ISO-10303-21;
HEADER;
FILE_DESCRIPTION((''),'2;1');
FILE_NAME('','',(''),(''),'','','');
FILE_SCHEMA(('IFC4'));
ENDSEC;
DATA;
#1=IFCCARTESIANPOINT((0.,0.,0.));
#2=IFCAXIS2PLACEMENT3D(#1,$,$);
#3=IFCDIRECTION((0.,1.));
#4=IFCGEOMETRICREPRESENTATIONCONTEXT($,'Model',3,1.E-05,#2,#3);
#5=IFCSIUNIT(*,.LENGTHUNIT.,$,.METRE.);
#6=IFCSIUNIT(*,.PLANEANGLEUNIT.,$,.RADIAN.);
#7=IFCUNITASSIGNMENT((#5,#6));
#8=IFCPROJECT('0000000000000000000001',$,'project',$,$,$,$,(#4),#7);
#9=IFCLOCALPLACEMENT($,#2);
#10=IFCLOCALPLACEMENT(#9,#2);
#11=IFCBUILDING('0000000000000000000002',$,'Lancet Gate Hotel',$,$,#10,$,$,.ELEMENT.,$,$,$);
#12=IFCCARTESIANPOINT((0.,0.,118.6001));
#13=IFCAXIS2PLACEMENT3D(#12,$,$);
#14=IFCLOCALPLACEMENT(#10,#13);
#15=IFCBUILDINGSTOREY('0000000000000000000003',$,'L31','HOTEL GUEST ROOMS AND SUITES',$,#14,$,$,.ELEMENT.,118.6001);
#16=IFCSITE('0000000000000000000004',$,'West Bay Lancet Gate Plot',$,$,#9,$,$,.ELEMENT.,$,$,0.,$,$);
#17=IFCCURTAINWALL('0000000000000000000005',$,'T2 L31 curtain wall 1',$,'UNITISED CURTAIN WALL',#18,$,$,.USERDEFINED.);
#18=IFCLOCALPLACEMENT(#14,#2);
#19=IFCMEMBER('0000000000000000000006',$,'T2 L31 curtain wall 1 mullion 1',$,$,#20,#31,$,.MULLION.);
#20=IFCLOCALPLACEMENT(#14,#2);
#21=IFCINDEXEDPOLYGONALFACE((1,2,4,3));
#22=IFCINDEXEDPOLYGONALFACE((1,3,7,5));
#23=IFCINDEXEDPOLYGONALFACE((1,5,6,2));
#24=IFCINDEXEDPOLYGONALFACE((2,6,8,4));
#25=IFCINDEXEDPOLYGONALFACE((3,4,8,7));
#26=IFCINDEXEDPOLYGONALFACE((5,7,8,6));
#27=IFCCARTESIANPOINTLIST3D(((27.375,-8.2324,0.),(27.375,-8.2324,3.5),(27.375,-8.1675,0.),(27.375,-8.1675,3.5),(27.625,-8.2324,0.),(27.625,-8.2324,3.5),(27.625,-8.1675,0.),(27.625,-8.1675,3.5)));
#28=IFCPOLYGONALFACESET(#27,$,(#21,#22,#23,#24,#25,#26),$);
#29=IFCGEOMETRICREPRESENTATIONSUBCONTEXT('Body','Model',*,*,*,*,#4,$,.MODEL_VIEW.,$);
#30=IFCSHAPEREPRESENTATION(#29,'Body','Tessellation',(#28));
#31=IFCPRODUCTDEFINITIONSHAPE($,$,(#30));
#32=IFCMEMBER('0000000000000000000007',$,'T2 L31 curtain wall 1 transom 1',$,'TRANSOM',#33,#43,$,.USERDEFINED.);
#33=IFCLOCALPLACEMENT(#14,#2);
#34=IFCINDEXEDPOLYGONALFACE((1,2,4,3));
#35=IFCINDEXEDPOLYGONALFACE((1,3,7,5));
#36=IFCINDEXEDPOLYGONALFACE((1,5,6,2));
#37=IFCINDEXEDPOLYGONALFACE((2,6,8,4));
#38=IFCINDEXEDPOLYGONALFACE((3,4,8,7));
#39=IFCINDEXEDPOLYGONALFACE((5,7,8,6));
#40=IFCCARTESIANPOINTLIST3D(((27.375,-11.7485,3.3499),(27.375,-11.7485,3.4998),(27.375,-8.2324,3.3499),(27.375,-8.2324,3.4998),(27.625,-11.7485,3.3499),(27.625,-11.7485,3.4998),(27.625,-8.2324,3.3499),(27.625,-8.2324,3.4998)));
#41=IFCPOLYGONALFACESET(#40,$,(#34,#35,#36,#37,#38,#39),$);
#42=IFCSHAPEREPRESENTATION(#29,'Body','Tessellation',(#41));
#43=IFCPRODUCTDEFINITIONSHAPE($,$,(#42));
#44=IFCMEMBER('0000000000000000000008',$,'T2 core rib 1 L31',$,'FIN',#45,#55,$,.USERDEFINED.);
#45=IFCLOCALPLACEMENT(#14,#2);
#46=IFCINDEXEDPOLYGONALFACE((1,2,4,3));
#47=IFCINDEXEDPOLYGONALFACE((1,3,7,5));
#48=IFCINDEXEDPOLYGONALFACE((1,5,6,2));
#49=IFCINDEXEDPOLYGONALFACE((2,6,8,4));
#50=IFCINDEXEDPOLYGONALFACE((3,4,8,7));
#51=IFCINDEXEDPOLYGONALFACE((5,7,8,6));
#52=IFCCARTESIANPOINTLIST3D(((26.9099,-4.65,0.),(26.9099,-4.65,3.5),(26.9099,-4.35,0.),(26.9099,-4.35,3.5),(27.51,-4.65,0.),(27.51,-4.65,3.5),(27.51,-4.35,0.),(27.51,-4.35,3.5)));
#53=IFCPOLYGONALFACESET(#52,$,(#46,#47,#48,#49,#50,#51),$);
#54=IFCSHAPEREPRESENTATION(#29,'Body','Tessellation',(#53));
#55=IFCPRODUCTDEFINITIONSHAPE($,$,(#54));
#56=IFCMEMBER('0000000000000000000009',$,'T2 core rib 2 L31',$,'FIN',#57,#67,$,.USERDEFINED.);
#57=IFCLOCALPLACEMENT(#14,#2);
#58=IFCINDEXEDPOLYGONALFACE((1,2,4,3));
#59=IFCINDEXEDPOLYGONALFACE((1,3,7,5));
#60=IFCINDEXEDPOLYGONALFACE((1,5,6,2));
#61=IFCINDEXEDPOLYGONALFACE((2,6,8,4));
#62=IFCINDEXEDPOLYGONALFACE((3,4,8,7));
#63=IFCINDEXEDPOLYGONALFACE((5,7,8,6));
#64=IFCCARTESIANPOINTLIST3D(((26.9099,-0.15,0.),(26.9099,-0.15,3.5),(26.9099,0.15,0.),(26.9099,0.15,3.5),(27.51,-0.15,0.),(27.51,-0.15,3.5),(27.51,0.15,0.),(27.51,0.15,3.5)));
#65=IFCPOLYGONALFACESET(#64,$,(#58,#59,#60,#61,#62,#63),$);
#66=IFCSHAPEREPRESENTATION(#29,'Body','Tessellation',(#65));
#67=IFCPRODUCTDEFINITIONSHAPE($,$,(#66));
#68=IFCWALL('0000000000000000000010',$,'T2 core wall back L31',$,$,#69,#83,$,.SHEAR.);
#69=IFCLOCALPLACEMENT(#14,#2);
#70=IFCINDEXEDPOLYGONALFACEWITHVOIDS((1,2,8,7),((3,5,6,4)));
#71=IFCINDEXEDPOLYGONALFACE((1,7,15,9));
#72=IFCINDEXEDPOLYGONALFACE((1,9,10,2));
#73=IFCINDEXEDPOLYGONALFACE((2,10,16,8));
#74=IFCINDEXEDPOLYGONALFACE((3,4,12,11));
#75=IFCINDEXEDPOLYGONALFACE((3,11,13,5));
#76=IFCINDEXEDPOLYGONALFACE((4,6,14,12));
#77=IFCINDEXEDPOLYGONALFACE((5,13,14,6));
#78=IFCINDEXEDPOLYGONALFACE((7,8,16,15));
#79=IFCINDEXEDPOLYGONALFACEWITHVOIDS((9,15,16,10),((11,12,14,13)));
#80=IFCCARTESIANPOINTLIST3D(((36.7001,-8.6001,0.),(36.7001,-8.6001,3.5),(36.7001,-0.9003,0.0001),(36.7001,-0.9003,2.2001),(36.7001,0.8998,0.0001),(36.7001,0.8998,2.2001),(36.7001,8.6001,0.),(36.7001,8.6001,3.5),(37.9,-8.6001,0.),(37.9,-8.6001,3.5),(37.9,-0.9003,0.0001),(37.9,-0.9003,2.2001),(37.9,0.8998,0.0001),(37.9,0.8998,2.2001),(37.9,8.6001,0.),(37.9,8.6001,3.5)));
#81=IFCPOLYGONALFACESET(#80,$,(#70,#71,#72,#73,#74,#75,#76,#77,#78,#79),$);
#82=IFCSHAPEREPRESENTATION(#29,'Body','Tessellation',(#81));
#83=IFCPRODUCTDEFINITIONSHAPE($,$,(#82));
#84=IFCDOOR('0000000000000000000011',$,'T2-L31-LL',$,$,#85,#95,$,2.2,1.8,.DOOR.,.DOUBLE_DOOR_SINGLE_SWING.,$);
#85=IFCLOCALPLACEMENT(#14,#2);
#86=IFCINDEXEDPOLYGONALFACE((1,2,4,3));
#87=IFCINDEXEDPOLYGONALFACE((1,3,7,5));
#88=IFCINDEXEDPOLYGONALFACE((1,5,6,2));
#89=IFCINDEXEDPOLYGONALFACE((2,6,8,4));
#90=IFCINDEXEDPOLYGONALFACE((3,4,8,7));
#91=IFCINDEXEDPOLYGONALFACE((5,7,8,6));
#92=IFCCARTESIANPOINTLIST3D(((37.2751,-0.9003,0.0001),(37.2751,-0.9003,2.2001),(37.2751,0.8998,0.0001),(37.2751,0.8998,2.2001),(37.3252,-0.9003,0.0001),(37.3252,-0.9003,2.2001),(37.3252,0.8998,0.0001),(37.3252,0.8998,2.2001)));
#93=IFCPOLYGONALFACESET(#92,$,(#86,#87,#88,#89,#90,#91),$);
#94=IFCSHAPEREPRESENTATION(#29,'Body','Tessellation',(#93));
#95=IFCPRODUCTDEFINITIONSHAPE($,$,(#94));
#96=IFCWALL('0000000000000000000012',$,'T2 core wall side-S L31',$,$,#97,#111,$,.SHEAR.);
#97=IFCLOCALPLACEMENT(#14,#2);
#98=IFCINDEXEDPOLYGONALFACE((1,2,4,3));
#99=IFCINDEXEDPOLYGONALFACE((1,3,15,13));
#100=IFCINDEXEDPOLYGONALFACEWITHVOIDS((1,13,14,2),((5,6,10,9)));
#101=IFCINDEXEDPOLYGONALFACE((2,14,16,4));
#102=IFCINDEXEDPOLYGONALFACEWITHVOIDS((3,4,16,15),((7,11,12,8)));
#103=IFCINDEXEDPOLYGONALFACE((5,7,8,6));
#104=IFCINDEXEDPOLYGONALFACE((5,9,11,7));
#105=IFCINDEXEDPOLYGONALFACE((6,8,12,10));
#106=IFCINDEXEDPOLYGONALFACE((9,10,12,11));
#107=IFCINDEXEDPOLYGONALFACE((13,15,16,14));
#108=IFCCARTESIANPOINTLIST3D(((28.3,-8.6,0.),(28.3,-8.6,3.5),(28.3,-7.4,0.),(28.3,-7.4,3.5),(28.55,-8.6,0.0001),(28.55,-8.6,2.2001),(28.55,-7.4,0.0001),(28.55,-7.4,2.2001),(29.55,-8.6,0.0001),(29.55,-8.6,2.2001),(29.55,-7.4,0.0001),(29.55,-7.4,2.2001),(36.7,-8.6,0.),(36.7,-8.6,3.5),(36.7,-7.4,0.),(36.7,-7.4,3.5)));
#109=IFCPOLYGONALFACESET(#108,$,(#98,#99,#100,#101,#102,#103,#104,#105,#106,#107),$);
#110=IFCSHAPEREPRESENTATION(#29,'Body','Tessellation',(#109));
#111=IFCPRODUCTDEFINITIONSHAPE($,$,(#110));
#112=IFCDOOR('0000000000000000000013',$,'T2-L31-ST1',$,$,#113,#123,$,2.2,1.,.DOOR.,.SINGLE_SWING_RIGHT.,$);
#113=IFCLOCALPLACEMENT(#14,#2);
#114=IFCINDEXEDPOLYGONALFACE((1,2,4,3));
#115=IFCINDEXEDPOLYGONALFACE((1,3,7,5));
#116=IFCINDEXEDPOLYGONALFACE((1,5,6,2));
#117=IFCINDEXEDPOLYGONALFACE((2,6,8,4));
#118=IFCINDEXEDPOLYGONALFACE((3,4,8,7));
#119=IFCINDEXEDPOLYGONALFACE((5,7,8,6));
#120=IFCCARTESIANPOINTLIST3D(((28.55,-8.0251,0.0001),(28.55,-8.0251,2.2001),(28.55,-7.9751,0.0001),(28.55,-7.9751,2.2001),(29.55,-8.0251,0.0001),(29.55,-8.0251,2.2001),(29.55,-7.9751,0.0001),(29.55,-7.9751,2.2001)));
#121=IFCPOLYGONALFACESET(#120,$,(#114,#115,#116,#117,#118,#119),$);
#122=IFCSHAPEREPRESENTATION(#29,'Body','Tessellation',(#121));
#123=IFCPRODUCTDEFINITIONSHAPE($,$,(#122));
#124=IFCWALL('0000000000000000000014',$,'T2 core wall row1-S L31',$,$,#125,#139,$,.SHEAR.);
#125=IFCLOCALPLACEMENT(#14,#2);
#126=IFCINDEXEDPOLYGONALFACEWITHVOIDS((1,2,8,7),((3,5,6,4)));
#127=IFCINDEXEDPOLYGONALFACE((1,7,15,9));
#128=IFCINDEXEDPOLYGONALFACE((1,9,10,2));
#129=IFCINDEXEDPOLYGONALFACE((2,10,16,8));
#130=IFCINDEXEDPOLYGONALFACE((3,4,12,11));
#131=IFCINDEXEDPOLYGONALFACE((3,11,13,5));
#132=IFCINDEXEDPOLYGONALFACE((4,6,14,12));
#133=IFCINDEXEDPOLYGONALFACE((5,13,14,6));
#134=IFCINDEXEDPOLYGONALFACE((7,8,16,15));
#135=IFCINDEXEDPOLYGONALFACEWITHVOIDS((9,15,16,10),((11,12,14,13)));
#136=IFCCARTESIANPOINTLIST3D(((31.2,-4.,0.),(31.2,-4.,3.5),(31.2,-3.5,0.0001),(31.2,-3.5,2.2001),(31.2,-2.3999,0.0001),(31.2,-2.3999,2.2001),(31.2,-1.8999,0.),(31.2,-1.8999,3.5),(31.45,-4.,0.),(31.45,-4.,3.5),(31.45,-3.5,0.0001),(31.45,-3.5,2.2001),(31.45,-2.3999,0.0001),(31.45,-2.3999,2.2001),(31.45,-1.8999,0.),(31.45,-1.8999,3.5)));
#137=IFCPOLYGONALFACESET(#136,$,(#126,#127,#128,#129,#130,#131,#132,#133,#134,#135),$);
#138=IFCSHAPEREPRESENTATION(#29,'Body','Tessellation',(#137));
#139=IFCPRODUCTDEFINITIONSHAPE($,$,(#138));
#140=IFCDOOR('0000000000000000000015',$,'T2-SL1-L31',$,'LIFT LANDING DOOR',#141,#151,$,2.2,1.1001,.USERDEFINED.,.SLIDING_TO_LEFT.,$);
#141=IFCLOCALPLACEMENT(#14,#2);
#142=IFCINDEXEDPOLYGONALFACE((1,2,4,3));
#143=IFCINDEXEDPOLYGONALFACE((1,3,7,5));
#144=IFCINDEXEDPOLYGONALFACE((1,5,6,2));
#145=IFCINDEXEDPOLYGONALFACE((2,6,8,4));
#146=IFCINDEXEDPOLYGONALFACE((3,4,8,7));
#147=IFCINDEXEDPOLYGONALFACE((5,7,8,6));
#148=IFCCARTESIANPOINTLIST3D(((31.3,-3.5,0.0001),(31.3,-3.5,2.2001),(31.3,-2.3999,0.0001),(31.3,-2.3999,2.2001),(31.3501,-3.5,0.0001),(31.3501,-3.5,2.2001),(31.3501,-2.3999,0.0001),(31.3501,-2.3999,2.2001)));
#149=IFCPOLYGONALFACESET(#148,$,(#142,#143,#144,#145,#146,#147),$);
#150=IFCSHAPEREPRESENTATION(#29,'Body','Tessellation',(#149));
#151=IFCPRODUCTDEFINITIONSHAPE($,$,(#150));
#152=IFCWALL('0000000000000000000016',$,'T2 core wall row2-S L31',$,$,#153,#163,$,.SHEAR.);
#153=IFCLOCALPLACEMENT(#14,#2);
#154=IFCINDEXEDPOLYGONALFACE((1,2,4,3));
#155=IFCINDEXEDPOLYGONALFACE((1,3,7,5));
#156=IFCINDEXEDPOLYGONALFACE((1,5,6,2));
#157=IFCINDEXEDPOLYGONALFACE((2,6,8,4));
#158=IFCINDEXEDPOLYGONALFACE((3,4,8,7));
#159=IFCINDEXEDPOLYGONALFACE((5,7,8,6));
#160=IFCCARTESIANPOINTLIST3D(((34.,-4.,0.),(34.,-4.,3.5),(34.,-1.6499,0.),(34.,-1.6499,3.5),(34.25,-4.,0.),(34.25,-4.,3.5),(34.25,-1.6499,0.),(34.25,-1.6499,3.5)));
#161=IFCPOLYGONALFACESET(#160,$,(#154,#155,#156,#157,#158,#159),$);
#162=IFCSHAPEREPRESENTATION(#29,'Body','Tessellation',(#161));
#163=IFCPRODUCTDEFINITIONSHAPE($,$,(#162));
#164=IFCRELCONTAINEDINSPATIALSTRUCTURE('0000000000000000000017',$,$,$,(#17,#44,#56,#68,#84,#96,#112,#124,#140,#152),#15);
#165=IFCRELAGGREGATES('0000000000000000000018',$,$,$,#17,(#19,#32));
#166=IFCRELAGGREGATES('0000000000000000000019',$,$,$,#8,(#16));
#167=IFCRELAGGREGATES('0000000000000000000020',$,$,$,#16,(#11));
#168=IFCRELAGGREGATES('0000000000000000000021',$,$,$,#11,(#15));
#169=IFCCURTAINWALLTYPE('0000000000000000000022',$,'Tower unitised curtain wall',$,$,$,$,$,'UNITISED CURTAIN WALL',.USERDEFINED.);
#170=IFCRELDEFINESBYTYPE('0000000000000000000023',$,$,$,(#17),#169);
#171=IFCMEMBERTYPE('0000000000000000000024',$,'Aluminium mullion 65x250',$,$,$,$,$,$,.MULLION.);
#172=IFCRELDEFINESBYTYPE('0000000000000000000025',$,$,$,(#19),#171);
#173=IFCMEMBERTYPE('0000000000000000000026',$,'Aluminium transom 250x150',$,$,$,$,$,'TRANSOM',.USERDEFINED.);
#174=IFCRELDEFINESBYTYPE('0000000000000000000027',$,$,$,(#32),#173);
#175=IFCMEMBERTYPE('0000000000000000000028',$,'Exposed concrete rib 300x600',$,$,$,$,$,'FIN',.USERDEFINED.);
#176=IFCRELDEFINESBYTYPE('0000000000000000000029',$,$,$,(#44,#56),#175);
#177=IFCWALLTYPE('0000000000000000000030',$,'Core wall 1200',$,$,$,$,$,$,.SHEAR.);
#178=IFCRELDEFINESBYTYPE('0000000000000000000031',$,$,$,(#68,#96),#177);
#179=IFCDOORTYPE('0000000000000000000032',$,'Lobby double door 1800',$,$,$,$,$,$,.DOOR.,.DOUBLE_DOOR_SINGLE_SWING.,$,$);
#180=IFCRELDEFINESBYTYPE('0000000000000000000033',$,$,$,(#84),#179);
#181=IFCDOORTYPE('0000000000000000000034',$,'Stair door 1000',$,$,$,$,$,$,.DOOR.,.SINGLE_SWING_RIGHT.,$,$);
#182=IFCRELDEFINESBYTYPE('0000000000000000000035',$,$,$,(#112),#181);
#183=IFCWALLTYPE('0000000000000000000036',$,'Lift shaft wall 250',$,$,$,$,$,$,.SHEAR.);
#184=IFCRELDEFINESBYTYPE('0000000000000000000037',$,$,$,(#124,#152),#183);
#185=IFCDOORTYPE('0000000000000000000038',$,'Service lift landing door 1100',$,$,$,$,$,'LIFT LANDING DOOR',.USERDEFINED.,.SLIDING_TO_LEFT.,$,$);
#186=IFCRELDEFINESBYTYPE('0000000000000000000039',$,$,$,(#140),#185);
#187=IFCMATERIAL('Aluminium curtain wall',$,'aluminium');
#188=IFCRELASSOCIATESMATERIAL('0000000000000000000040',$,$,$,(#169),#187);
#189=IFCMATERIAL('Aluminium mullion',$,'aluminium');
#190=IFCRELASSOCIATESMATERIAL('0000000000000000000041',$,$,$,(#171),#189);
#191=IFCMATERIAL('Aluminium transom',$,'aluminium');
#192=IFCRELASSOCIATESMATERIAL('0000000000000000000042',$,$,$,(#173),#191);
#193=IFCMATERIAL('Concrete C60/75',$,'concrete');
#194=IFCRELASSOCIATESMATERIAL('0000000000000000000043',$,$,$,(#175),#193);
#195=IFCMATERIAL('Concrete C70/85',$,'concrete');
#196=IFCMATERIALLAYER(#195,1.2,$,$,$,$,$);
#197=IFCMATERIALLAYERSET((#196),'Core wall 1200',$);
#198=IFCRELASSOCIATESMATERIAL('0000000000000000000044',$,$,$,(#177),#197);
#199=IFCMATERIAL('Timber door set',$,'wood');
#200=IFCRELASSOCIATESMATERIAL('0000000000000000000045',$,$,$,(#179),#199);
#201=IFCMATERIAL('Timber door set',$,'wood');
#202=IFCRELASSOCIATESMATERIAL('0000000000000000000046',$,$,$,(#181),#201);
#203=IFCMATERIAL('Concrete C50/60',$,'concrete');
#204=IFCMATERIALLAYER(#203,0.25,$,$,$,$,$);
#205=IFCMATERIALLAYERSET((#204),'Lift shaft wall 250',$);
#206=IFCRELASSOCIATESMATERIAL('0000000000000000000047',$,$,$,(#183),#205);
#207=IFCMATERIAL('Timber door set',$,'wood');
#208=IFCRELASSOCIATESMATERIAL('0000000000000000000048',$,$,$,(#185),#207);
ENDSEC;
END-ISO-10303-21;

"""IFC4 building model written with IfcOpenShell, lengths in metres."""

from ifc_helpers import new_model, si_unit, direction, frame, frame_2d, origin, origin_2d, place, context, subcontext, project, spatial, rectangle, extrude, material, layer, layer_set, material_profile, profile_set, type_object, element, fill, aggregate, save


model = new_model("IFC4")

# Units and contexts
model_context = context("Model", 3, precision=1e-05, world=origin(), true_north=direction((0.0, 1.0)))
body_context = subcontext(model_context, "Body", "Model", "MODEL_VIEW")
ifc_project = project(units=[si_unit("LENGTHUNIT", "METRE"), si_unit("PLANEANGLEUNIT", "RADIAN")], contexts=[model_context])

# Site, building, storey
site_placement = place(None, origin())
site = spatial("IfcSite", under=ifc_project, at=site_placement, Name="West Bay Lancet Gate Plot", CompositionType="ELEMENT", RefElevation=0.0)
building_placement = place(site_placement, origin())
building = spatial("IfcBuilding", under=site, at=building_placement, Name="Lancet Gate Hotel", CompositionType="ELEMENT")
storey_placement = place(building_placement, frame((0.0, 0.0, 118.6001)))
storey = spatial("IfcBuildingStorey", under=building, at=storey_placement, Name="L31", Description="HOTEL GUEST ROOMS AND SUITES", CompositionType="ELEMENT", Elevation=118.6001)

# Curtain wall, members
ifc_material_1 = material(Name="Aluminium curtain wall", Category="aluminium")
curtain_wall_type = type_object("IfcCurtainWallType", Name="Tower unitised curtain wall", ElementType="UNITISED CURTAIN WALL", PredefinedType="USERDEFINED", material=ifc_material_1)
curtain_wall_placement = place(storey_placement, origin())
curtain_wall = element("IfcCurtainWall", 1, at=curtain_wall_placement, inside=storey, type_object=curtain_wall_type, Name="T2 L31 curtain wall 1", ObjectType="UNITISED CURTAIN WALL", PredefinedType="USERDEFINED")
ifc_material_2 = material(Name="Aluminium mullion", Category="aluminium")
ifc_material_profile_1 = material_profile(ifc_material_2, rectangle(XDim=0.0649, YDim=0.25, at=origin_2d()), Name="MULLION 65x250")
ifc_profile_set_1 = profile_set([ifc_material_profile_1], Name="Aluminium mullion")
member_type_1 = type_object("IfcMemberType", Name="Aluminium mullion 65x250", PredefinedType="MULLION", material=ifc_profile_set_1)
member_1_placement = place(storey_placement, frame((27.5, -8.2, 0.0), z_axis=(0.0, 0.0, 1.0), x_axis=(0.0, -1.0, 0.0)))
member_1 = element("IfcMember", 2, at=member_1_placement, type_object=member_type_1, Name="T2 L31 curtain wall 1 mullion 1", PredefinedType="MULLION", context=body_context, shape_type="SweptSolid", body=[
    extrude(rectangle(XDim=0.0649, YDim=0.25, at=origin_2d()), origin(), (0.0, 0.0, 1.0), 3.5),
])
ifc_material_3 = material(Name="Aluminium transom", Category="aluminium")
ifc_material_profile_2 = material_profile(ifc_material_3, rectangle(XDim=0.25, YDim=0.1499, at=origin_2d()), Name="TRANSOM 250x150")
ifc_profile_set_2 = profile_set([ifc_material_profile_2], Name="Aluminium transom")
member_type_2 = type_object("IfcMemberType", Name="Aluminium transom 250x150", ElementType="TRANSOM", PredefinedType="USERDEFINED", material=ifc_profile_set_2)
member_2_placement = place(storey_placement, frame((27.5, -8.2324, 3.4248), z_axis=(0.0, -1.0, 0.0), x_axis=(1.0, 0.0, 0.0)))
member_2 = element("IfcMember", 3, at=member_2_placement, type_object=member_type_2, Name="T2 L31 curtain wall 1 transom 1", ObjectType="TRANSOM", PredefinedType="USERDEFINED", context=body_context, shape_type="SweptSolid", body=[
    extrude(rectangle(XDim=0.25, YDim=0.1499, at=origin_2d()), origin(), (0.0, 0.0, 1.0), 3.5161),
])
aggregate(curtain_wall, [member_1, member_2])

# Members
ifc_material_4 = material(Name="Concrete C60/75", Category="concrete")
ifc_material_profile_3 = material_profile(ifc_material_4, rectangle(XDim=0.3, YDim=0.6001, at=origin_2d()), Name="FIN 300x600")
ifc_profile_set_3 = profile_set([ifc_material_profile_3], Name="Concrete C60/75")
member_type_3 = type_object("IfcMemberType", Name="Exposed concrete rib 300x600", ElementType="FIN", PredefinedType="USERDEFINED", material=ifc_profile_set_3)
for number, where, z_axis, x_axis, name in (
    (4, (27.21, -4.5, 0.0), (0.0, 0.0, 1.0), (0.0, 1.0, 0.0), "T2 core rib 1 L31"),
    (5, (27.21, 0.0, 0.0), (0.0, 0.0, 1.0), (0.0, 1.0, 0.0), "T2 core rib 2 L31"),
):
    element("IfcMember", number, at=place(storey_placement, frame(where, z_axis=z_axis, x_axis=x_axis)), inside=storey, type_object=member_type_3, Name=name, ObjectType="FIN", PredefinedType="USERDEFINED", context=body_context, shape_type="SweptSolid", body=[
        extrude(rectangle(XDim=0.3, YDim=0.6001, at=origin_2d()), origin(), (0.0, 0.0, 1.0), 3.5),
    ])

# Walls, openings, doors
ifc_material_5 = material(Name="Concrete C70/85", Category="concrete")
ifc_layer_1 = layer(ifc_material_5, 1.2)
ifc_layer_set_1 = layer_set([ifc_layer_1], Name="Core wall 1200")
wall_type_1 = type_object("IfcWallType", Name="Core wall 1200", PredefinedType="SHEAR", material=ifc_layer_set_1)
wall_1_placement = place(storey_placement, frame((37.3, -8.6001, 0.0), z_axis=(0.0, 0.0, 1.0), x_axis=(0.0, 1.0, 0.0)))
wall_1 = element("IfcWall", 6, at=wall_1_placement, inside=storey, type_object=wall_type_1, Name="T2 core wall back L31", PredefinedType="SHEAR", context=body_context, shape_type="SweptSolid", body=[
    extrude(rectangle(XDim=17.2002, YDim=1.2, at=frame_2d((8.6001, 0.0))), origin(), (0.0, 0.0, 1.0), 3.5),
])
opening_1_placement = place(wall_1_placement, frame((7.7, 0.0, 0.0)))
opening_1 = element("IfcOpeningElement", 7, at=opening_1_placement, cuts=wall_1, PredefinedType="OPENING", context=body_context, shape_type="SweptSolid", body=[
    extrude(rectangle(XDim=1.8, YDim=2.2, at=frame_2d((0.8999, 1.1001))), frame((0.0, 0.6099, 0.0), z_axis=(0.0, -1.0, 0.0), x_axis=(1.0, 0.0, 0.0)), (0.0, 0.0, 1.0), 1.22),
])
ifc_material_6 = material(Name="Timber door set", Category="wood")
door_type_1 = type_object("IfcDoorType", Name="Lobby double door 1800", OperationType="DOUBLE_DOOR_SINGLE_SWING", PredefinedType="DOOR", material=ifc_material_6)
door_1_placement = place(opening_1_placement, origin())
door_1 = element("IfcDoor", 8, at=door_1_placement, inside=storey, type_object=door_type_1, Name="T2-L31-LL", OperationType="DOUBLE_DOOR_SINGLE_SWING", OverallHeight=2.2, OverallWidth=1.8, PredefinedType="DOOR", context=body_context, shape_type="SweptSolid", body=[
    extrude(rectangle(XDim=1.8, YDim=2.2, at=frame_2d((0.8999, 1.1001))), frame((0.0, 0.0249, 0.0), z_axis=(0.0, -1.0, 0.0), x_axis=(1.0, 0.0, 0.0)), (0.0, 0.0, 1.0), 0.05),
])
fill(opening_1, door_1)
wall_2_placement = place(storey_placement, frame((28.3, -8.0, 0.0), z_axis=(0.0, 0.0, 1.0), x_axis=(1.0, 0.0, 0.0)))
wall_2 = element("IfcWall", 9, at=wall_2_placement, inside=storey, type_object=wall_type_1, Name="T2 core wall side-S L31", PredefinedType="SHEAR", context=body_context, shape_type="SweptSolid", body=[
    extrude(rectangle(XDim=8.3999, YDim=1.2, at=frame_2d((4.2, 0.0))), origin(), (0.0, 0.0, 1.0), 3.5),
])
opening_2_placement = place(wall_2_placement, frame((0.25, 0.0, 0.0)))
opening_2 = element("IfcOpeningElement", 10, at=opening_2_placement, cuts=wall_2, PredefinedType="OPENING", context=body_context, shape_type="SweptSolid", body=[
    extrude(rectangle(XDim=1.0, YDim=2.2, at=frame_2d((0.5, 1.1001))), frame((0.0, 0.6099, 0.0), z_axis=(0.0, -1.0, 0.0), x_axis=(1.0, 0.0, 0.0)), (0.0, 0.0, 1.0), 1.22),
])
ifc_material_7 = material(Name="Timber door set", Category="wood")
door_type_2 = type_object("IfcDoorType", Name="Stair door 1000", OperationType="SINGLE_SWING_RIGHT", PredefinedType="DOOR", material=ifc_material_7)
door_2_placement = place(opening_2_placement, origin())
door_2 = element("IfcDoor", 11, at=door_2_placement, inside=storey, type_object=door_type_2, Name="T2-L31-ST1", OperationType="SINGLE_SWING_RIGHT", OverallHeight=2.2, OverallWidth=1.0, PredefinedType="DOOR", context=body_context, shape_type="SweptSolid", body=[
    extrude(rectangle(XDim=1.0, YDim=2.2, at=frame_2d((0.5, 1.1001))), frame((0.0, 0.0249, 0.0), z_axis=(0.0, -1.0, 0.0), x_axis=(1.0, 0.0, 0.0)), (0.0, 0.0, 1.0), 0.05),
])
fill(opening_2, door_2)
ifc_material_8 = material(Name="Concrete C50/60", Category="concrete")
ifc_layer_2 = layer(ifc_material_8, 0.25)
ifc_layer_set_2 = layer_set([ifc_layer_2], Name="Lift shaft wall 250")
wall_type_2 = type_object("IfcWallType", Name="Lift shaft wall 250", PredefinedType="SHEAR", material=ifc_layer_set_2)
wall_3_placement = place(storey_placement, frame((31.325, -4.0, 0.0), z_axis=(0.0, 0.0, 1.0), x_axis=(0.0, 1.0, 0.0)))
wall_3 = element("IfcWall", 12, at=wall_3_placement, inside=storey, type_object=wall_type_2, Name="T2 core wall row1-S L31", PredefinedType="SHEAR", context=body_context, shape_type="SweptSolid", body=[
    extrude(rectangle(XDim=2.1001, YDim=0.25, at=frame_2d((1.05, 0.0))), origin(), (0.0, 0.0, 1.0), 3.5),
])
opening_3_placement = place(wall_3_placement, frame((0.5, 0.0, 0.0)))
opening_3 = element("IfcOpeningElement", 13, at=opening_3_placement, cuts=wall_3, PredefinedType="OPENING", context=body_context, shape_type="SweptSolid", body=[
    extrude(rectangle(XDim=1.1001, YDim=2.2, at=frame_2d((0.55, 1.1001))), frame((0.0, 0.135, 0.0), z_axis=(0.0, -1.0, 0.0), x_axis=(1.0, 0.0, 0.0)), (0.0, 0.0, 1.0), 0.27),
])
ifc_material_9 = material(Name="Timber door set", Category="wood")
door_type_3 = type_object("IfcDoorType", Name="Service lift landing door 1100", ElementType="LIFT LANDING DOOR", OperationType="SLIDING_TO_LEFT", PredefinedType="USERDEFINED", material=ifc_material_9)
door_3_placement = place(opening_3_placement, origin())
door_3 = element("IfcDoor", 14, at=door_3_placement, inside=storey, type_object=door_type_3, Name="T2-SL1-L31", ObjectType="LIFT LANDING DOOR", OperationType="SLIDING_TO_LEFT", OverallHeight=2.2, OverallWidth=1.1001, PredefinedType="USERDEFINED", context=body_context, shape_type="SweptSolid", body=[
    extrude(rectangle(XDim=1.1001, YDim=2.2, at=frame_2d((0.55, 1.1001))), frame((0.0, 0.0249, 0.0), z_axis=(0.0, -1.0, 0.0), x_axis=(1.0, 0.0, 0.0)), (0.0, 0.0, 1.0), 0.05),
])
fill(opening_3, door_3)

# Wall
wall_4_placement = place(storey_placement, frame((34.125, -4.0, 0.0), z_axis=(0.0, 0.0, 1.0), x_axis=(0.0, 1.0, 0.0)))
element("IfcWall", 15, at=wall_4_placement, inside=storey, type_object=wall_type_2, Name="T2 core wall row2-S L31", PredefinedType="SHEAR", context=body_context, shape_type="SweptSolid", body=[
    extrude(rectangle(XDim=2.3501, YDim=0.25, at=frame_2d((1.175, 0.0))), origin(), (0.0, 0.0, 1.0), 3.5),
])

save(model, "model.ifc")
